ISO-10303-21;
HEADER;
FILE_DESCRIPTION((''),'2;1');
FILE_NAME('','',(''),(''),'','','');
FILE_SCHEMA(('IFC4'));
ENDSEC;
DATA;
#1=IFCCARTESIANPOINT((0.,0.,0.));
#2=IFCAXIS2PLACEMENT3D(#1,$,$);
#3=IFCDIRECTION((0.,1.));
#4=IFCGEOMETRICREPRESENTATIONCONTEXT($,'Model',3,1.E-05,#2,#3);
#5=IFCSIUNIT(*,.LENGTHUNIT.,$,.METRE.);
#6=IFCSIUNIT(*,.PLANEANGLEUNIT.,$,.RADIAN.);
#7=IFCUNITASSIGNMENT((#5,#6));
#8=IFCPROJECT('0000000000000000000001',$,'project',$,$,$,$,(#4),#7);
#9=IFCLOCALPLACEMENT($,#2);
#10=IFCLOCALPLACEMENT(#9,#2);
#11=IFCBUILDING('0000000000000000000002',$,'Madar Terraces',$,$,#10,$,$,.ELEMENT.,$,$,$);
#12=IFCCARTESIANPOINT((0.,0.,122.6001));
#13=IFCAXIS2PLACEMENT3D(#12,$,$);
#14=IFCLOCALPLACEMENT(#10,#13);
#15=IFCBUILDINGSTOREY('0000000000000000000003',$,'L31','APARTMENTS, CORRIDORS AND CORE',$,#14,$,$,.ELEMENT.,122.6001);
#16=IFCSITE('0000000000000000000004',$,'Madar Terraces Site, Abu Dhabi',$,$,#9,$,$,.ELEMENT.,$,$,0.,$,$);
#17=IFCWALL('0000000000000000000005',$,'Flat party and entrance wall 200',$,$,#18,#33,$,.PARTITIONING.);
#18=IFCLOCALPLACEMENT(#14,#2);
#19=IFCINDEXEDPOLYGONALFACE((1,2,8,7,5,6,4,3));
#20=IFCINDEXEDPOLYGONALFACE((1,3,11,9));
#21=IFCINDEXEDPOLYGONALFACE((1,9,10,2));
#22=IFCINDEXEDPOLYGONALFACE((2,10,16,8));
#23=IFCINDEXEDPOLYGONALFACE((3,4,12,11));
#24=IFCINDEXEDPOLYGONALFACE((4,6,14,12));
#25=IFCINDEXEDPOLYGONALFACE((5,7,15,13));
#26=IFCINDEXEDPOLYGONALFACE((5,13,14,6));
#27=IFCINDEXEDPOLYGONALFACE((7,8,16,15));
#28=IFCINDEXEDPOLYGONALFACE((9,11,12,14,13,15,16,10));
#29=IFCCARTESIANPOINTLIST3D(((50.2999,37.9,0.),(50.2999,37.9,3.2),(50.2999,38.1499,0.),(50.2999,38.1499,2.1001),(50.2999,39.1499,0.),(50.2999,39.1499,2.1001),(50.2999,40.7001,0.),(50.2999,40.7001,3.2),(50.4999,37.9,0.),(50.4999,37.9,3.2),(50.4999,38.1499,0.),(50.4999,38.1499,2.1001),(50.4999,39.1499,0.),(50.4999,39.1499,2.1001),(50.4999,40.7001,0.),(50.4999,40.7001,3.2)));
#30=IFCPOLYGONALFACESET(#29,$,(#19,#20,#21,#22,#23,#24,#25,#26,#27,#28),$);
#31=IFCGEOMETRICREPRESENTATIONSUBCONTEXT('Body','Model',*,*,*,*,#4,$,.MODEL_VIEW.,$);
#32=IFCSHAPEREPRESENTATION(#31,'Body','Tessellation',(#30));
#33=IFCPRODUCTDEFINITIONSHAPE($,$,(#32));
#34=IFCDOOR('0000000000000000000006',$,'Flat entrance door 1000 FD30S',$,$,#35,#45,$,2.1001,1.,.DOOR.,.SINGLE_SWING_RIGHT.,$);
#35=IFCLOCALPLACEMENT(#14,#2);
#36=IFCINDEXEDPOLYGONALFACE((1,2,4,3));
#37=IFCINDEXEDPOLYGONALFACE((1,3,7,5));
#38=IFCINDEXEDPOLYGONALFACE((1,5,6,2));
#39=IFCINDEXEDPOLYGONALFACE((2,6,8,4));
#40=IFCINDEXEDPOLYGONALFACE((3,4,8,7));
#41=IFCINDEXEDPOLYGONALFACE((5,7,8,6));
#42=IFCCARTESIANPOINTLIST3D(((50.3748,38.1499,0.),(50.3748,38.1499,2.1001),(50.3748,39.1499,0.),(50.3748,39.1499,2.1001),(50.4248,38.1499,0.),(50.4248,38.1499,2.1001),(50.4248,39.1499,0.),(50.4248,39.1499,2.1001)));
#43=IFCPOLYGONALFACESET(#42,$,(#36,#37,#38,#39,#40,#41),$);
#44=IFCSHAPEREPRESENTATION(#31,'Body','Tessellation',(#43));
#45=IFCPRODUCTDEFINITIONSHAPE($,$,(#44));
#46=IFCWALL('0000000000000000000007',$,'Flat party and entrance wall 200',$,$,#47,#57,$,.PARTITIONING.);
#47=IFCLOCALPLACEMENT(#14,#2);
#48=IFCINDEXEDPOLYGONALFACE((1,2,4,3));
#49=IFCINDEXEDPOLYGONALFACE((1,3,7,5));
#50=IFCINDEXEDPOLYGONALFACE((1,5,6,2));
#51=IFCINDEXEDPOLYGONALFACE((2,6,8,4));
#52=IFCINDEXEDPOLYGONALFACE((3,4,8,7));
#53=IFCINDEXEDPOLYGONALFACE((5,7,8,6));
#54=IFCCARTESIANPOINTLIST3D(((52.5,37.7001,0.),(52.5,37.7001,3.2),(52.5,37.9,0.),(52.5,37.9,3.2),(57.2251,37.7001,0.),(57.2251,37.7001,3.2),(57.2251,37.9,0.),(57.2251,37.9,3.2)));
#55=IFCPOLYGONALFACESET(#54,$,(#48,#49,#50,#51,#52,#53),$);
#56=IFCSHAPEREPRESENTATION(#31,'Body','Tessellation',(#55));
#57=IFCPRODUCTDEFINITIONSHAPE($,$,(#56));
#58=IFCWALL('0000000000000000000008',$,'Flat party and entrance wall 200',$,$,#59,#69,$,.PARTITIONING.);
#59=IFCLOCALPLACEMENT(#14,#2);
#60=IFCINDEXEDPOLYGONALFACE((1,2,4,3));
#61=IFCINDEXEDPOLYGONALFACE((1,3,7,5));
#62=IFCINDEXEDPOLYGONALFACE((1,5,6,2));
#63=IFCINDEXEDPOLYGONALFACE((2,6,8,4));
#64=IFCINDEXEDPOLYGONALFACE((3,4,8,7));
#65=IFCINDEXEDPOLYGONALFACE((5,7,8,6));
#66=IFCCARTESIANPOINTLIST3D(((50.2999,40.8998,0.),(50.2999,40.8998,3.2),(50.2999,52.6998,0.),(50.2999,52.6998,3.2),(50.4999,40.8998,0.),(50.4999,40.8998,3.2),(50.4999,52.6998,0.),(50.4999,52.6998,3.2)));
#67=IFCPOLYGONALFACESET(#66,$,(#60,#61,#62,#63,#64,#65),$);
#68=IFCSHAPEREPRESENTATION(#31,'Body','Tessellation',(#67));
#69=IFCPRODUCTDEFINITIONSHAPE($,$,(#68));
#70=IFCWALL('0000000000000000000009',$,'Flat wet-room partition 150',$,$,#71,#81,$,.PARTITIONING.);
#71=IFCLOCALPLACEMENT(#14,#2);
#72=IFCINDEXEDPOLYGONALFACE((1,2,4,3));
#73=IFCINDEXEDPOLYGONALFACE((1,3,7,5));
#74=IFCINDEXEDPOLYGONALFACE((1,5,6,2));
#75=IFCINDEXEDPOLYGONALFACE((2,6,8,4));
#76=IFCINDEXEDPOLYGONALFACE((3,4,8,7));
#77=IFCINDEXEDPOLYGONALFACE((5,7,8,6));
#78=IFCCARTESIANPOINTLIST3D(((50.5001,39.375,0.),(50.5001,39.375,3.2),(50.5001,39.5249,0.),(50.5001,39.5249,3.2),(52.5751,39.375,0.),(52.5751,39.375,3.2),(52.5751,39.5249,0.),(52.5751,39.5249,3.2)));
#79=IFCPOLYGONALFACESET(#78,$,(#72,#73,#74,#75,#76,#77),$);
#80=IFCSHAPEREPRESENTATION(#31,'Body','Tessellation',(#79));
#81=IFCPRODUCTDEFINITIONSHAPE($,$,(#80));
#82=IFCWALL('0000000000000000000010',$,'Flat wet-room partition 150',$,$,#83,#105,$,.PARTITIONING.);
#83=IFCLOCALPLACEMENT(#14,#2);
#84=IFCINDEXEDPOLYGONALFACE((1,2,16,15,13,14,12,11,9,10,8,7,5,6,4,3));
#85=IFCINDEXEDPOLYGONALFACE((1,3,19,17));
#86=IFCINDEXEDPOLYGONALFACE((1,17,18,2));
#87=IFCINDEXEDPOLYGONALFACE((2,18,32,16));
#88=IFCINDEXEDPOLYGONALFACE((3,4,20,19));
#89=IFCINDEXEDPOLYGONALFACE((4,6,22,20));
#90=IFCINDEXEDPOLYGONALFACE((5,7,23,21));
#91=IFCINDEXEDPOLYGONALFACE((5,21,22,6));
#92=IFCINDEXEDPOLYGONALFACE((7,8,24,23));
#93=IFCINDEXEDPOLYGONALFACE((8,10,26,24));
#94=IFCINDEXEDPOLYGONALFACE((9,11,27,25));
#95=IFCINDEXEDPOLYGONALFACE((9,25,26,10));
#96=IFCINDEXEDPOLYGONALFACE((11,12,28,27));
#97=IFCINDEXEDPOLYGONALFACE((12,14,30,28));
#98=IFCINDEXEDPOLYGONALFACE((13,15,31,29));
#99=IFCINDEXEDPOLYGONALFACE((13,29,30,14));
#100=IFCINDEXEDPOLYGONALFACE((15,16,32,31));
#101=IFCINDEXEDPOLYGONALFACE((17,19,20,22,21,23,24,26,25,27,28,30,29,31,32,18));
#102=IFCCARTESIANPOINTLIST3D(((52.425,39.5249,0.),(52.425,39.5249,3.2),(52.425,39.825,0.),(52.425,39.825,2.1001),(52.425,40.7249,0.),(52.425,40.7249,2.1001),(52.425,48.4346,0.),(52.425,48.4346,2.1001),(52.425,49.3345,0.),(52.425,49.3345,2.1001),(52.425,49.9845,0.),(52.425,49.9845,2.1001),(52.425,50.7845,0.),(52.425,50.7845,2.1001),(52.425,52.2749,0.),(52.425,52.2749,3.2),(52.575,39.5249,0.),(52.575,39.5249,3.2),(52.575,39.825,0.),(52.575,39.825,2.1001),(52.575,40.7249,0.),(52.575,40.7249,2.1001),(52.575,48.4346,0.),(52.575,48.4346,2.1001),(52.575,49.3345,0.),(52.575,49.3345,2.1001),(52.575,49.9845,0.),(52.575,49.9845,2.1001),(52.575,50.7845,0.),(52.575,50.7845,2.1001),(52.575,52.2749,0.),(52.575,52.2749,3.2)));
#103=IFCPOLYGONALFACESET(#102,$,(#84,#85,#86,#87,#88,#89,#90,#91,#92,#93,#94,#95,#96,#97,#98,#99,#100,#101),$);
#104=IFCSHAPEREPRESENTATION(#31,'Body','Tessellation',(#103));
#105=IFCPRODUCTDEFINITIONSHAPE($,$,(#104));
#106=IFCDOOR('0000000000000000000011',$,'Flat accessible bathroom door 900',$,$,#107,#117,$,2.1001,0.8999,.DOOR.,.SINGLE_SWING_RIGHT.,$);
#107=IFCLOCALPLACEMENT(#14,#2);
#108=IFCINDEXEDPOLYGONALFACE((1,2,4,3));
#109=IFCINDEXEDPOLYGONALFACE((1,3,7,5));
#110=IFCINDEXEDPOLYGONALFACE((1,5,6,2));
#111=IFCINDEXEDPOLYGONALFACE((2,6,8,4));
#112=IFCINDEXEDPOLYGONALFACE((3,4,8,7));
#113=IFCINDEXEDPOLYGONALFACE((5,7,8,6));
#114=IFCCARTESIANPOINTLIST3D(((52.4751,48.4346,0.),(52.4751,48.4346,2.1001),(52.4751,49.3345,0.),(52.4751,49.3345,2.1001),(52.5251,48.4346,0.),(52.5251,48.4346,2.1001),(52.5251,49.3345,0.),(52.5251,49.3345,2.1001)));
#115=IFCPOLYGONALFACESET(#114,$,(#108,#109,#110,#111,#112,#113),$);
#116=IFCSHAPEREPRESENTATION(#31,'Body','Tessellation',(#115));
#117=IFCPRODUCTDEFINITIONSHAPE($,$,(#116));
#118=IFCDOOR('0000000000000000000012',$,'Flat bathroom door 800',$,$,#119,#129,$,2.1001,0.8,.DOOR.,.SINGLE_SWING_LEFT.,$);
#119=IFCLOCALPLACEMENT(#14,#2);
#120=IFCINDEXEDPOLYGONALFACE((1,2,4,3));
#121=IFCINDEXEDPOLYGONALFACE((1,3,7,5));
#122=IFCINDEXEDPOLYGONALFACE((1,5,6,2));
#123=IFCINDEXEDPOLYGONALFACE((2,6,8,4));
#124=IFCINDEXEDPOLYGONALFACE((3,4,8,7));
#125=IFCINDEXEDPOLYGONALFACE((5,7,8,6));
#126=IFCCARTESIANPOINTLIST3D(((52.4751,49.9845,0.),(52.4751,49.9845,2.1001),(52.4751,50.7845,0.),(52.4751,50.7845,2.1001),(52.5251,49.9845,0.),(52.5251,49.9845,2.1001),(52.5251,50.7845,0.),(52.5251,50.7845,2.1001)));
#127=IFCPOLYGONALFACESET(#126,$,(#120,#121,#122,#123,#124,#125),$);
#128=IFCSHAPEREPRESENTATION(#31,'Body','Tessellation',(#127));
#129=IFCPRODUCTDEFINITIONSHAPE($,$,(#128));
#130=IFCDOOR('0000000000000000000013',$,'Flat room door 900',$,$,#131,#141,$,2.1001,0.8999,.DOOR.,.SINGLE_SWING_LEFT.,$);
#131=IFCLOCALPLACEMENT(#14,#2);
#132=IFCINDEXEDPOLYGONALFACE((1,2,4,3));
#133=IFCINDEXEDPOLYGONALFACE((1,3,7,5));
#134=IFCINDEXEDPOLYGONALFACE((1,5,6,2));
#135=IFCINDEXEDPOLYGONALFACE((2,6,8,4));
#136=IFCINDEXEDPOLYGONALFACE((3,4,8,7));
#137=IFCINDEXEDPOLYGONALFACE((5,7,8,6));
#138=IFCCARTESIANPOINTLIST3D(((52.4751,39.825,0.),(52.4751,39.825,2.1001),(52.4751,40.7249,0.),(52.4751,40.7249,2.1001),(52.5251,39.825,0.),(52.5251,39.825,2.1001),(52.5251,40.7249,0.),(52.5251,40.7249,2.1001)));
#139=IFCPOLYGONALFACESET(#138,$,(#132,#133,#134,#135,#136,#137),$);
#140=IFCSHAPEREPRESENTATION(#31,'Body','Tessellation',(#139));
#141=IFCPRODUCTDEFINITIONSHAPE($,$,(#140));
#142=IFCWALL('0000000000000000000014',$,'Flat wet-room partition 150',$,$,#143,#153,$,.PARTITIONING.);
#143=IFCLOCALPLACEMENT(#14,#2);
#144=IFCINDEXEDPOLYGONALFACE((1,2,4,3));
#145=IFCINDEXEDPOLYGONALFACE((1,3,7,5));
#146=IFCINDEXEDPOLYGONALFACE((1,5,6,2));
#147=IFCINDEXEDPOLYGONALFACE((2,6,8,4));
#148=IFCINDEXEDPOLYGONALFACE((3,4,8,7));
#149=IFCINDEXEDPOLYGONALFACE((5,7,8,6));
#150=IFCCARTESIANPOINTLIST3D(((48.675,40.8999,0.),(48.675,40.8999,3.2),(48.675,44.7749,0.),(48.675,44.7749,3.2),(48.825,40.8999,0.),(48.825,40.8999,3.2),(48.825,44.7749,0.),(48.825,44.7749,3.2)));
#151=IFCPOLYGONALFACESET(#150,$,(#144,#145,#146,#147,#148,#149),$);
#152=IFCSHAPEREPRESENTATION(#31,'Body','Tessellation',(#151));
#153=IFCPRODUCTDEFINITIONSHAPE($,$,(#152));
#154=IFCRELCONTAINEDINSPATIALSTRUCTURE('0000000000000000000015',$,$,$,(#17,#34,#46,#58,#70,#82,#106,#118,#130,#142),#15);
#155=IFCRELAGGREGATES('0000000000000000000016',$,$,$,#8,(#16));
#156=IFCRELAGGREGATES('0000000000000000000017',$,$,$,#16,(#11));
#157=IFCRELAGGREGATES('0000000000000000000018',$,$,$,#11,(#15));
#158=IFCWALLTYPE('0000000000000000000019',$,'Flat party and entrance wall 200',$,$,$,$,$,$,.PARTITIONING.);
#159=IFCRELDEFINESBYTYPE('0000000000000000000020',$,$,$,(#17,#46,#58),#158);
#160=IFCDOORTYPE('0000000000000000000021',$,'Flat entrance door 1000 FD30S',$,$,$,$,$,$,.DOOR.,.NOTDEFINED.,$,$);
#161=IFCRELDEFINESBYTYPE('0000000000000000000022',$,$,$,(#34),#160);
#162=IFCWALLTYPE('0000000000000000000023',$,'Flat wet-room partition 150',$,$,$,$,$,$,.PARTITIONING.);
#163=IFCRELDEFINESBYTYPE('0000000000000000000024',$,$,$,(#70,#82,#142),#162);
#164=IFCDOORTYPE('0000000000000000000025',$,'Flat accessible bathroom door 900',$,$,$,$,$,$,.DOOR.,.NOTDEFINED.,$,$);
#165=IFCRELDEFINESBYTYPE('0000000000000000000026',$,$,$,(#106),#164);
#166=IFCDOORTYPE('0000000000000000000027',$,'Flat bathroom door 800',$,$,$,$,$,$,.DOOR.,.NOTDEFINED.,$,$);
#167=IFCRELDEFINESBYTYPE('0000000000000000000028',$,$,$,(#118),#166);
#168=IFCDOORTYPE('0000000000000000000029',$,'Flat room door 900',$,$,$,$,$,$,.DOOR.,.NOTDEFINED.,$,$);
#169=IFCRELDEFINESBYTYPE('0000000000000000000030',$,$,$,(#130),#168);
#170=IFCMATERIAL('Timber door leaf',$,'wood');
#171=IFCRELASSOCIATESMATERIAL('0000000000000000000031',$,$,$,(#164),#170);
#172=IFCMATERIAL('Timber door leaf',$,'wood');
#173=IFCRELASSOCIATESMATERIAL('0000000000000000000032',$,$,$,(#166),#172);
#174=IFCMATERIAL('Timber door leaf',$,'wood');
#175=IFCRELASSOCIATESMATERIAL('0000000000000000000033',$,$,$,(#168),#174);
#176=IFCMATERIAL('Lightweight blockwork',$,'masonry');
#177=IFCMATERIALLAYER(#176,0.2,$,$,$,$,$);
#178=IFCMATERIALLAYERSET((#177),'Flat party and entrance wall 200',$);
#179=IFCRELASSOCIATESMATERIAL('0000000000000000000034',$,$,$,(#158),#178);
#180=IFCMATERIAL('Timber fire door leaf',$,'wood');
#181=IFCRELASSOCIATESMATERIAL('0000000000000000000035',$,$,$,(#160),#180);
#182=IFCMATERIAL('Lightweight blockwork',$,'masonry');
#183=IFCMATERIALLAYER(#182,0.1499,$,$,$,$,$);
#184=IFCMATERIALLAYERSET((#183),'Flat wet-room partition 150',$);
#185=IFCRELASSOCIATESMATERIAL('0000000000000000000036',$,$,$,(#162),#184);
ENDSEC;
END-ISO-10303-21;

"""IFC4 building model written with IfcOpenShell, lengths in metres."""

from ifc_helpers import new_model, si_unit, direction, frame, frame_2d, origin, place, context, subcontext, project, spatial, rectangle, extrude, material, layer, layer_set, type_object, element, fill, save


model = new_model("IFC4")

# Units and contexts
model_context = context("Model", 3, precision=1e-05, world=origin(), true_north=direction((0.0, 1.0)))
body_context = subcontext(model_context, "Body", "Model", "MODEL_VIEW")
ifc_project = project(units=[si_unit("LENGTHUNIT", "METRE"), si_unit("PLANEANGLEUNIT", "RADIAN")], contexts=[model_context])

# Site, building, storey
site_placement = place(None, origin())
site = spatial("IfcSite", under=ifc_project, at=site_placement, Name="Madar Terraces Site, Abu Dhabi", CompositionType="ELEMENT", RefElevation=0.0)
building_placement = place(site_placement, origin())
building = spatial("IfcBuilding", under=site, at=building_placement, Name="Madar Terraces", CompositionType="ELEMENT")
storey_placement = place(building_placement, frame((0.0, 0.0, 122.6001)))
storey = spatial("IfcBuildingStorey", under=building, at=storey_placement, Name="L31", Description="APARTMENTS, CORRIDORS AND CORE", CompositionType="ELEMENT", Elevation=122.6001)

# Shared definitions
ifc_material_1 = material(Name="Timber door leaf", Category="wood")
door_type_1 = type_object("IfcDoorType", Name="Flat accessible bathroom door 900", OperationType="NOTDEFINED", PredefinedType="DOOR", material=ifc_material_1)
ifc_material_2 = material(Name="Timber door leaf", Category="wood")
door_type_2 = type_object("IfcDoorType", Name="Flat bathroom door 800", OperationType="NOTDEFINED", PredefinedType="DOOR", material=ifc_material_2)
ifc_material_3 = material(Name="Timber door leaf", Category="wood")
door_type_3 = type_object("IfcDoorType", Name="Flat room door 900", OperationType="NOTDEFINED", PredefinedType="DOOR", material=ifc_material_3)

# Shared definitions
ifc_material_4 = material(Name="Lightweight blockwork", Category="masonry")
ifc_layer_1 = layer(ifc_material_4, 0.2)
ifc_layer_set_1 = layer_set([ifc_layer_1], Name="Flat party and entrance wall 200")
wall_type_1 = type_object("IfcWallType", Name="Flat party and entrance wall 200", PredefinedType="PARTITIONING", material=ifc_layer_set_1)

# Wall, opening, door
wall_1_placement = place(storey_placement, frame((50.3999, 40.7, 0.0), z_axis=(0.0, 0.0, 1.0), x_axis=(0.0, -1.0, 0.0)))
wall_1 = element("IfcWall", 1, at=wall_1_placement, inside=storey, type_object=wall_type_1, Name="Flat party and entrance wall 200", PredefinedType="PARTITIONING", context=body_context, shape_type="SweptSolid", body=[
    extrude(rectangle(XDim=2.8, YDim=0.2, at=frame_2d((1.3999, 0.0))), origin(), (0.0, 0.0, 1.0), 3.2),
])
opening_1_placement = place(wall_1_placement, frame((1.55, 0.0, 0.0)))
opening_1 = element("IfcOpeningElement", 2, at=opening_1_placement, cuts=wall_1, PredefinedType="OPENING", context=body_context, shape_type="SweptSolid", body=[
    extrude(rectangle(XDim=1.0, YDim=2.1001, at=frame_2d((0.5, 1.05))), frame((0.0, 0.1099, 0.0), z_axis=(0.0, -1.0, 0.0), x_axis=(1.0, 0.0, 0.0)), (0.0, 0.0, 1.0), 0.22),
])
ifc_material_5 = material(Name="Timber fire door leaf", Category="wood")
door_type_4 = type_object("IfcDoorType", Name="Flat entrance door 1000 FD30S", OperationType="NOTDEFINED", PredefinedType="DOOR", material=ifc_material_5)
door_1_placement = place(opening_1_placement, origin())
door_1 = element("IfcDoor", 3, at=door_1_placement, inside=storey, type_object=door_type_4, Name="Flat entrance door 1000 FD30S", OperationType="SINGLE_SWING_RIGHT", OverallHeight=2.1001, OverallWidth=1.0, PredefinedType="DOOR", context=body_context, shape_type="SweptSolid", body=[
    extrude(rectangle(XDim=1.0, YDim=2.1001, at=frame_2d((0.5, 1.05))), frame((0.0, 0.0249, 0.0), z_axis=(0.0, -1.0, 0.0), x_axis=(1.0, 0.0, 0.0)), (0.0, 0.0, 1.0), 0.05),
])
fill(opening_1, door_1)

# Walls
wall_2_placement = place(storey_placement, frame((52.5, 37.8, 0.0), z_axis=(0.0, 0.0, 1.0), x_axis=(1.0, 0.0, 0.0)))
element("IfcWall", 4, at=wall_2_placement, inside=storey, type_object=wall_type_1, Name="Flat party and entrance wall 200", PredefinedType="PARTITIONING", context=body_context, shape_type="SweptSolid", body=[
    extrude(rectangle(XDim=4.7251, YDim=0.2, at=frame_2d((2.3625, 0.0))), origin(), (0.0, 0.0, 1.0), 3.2),
])
wall_3_placement = place(storey_placement, frame((50.3999, 40.8999, 0.0), z_axis=(0.0, 0.0, 1.0), x_axis=(0.0, 1.0, 0.0)))
element("IfcWall", 5, at=wall_3_placement, inside=storey, type_object=wall_type_1, Name="Flat party and entrance wall 200", PredefinedType="PARTITIONING", context=body_context, shape_type="SweptSolid", body=[
    extrude(rectangle(XDim=11.8, YDim=0.2, at=frame_2d((5.8999, 0.0))), origin(), (0.0, 0.0, 1.0), 3.2),
])
ifc_material_6 = material(Name="Lightweight blockwork", Category="masonry")
ifc_layer_2 = layer(ifc_material_6, 0.1499)
ifc_layer_set_2 = layer_set([ifc_layer_2], Name="Flat wet-room partition 150")
wall_type_2 = type_object("IfcWallType", Name="Flat wet-room partition 150", PredefinedType="PARTITIONING", material=ifc_layer_set_2)
wall_4_placement = place(storey_placement, frame((50.5, 39.45, 0.0), z_axis=(0.0, 0.0, 1.0), x_axis=(1.0, 0.0, 0.0)))
element("IfcWall", 6, at=wall_4_placement, inside=storey, type_object=wall_type_2, Name="Flat wet-room partition 150", PredefinedType="PARTITIONING", context=body_context, shape_type="SweptSolid", body=[
    extrude(rectangle(XDim=2.075, YDim=0.1499, at=frame_2d((1.0376, 0.0))), origin(), (0.0, 0.0, 1.0), 3.2),
])

# Wall, openings, doors
wall_5_placement = place(storey_placement, frame((52.5, 39.5249, 0.0), z_axis=(0.0, 0.0, 1.0), x_axis=(0.0, 1.0, 0.0)))
wall_5 = element("IfcWall", 7, at=wall_5_placement, inside=storey, type_object=wall_type_2, Name="Flat wet-room partition 150", PredefinedType="PARTITIONING", context=body_context, shape_type="SweptSolid", body=[
    extrude(rectangle(XDim=12.75, YDim=0.1499, at=frame_2d((6.375, 0.0))), origin(), (0.0, 0.0, 1.0), 3.2),
])
opening_2_placement = place(wall_5_placement, frame((0.3, 0.0, 0.0)))
opening_2 = element("IfcOpeningElement", 8, at=opening_2_placement, cuts=wall_5, PredefinedType="OPENING", context=body_context, shape_type="SweptSolid", body=[
    extrude(rectangle(XDim=0.8999, YDim=2.1001, at=frame_2d((0.45, 1.05))), frame((0.0, 0.085, 0.0), z_axis=(0.0, -1.0, 0.0), x_axis=(1.0, 0.0, 0.0)), (0.0, 0.0, 1.0), 0.1699),
])
opening_3_placement = place(wall_5_placement, frame((8.9097, 0.0, 0.0)))
opening_3 = element("IfcOpeningElement", 9, at=opening_3_placement, cuts=wall_5, PredefinedType="OPENING", context=body_context, shape_type="SweptSolid", body=[
    extrude(rectangle(XDim=0.8999, YDim=2.1001, at=frame_2d((0.45, 1.05))), frame((0.0, 0.085, 0.0), z_axis=(0.0, -1.0, 0.0), x_axis=(1.0, 0.0, 0.0)), (0.0, 0.0, 1.0), 0.1699),
])
opening_4_placement = place(wall_5_placement, frame((10.4597, 0.0, 0.0)))
opening_4 = element("IfcOpeningElement", 10, at=opening_4_placement, cuts=wall_5, PredefinedType="OPENING", context=body_context, shape_type="SweptSolid", body=[
    extrude(rectangle(XDim=0.8, YDim=2.1001, at=frame_2d((0.3999, 1.05))), frame((0.0, 0.085, 0.0), z_axis=(0.0, -1.0, 0.0), x_axis=(1.0, 0.0, 0.0)), (0.0, 0.0, 1.0), 0.1699),
])
door_2_placement = place(opening_3_placement, origin())
door_2 = element("IfcDoor", 11, at=door_2_placement, inside=storey, type_object=door_type_1, Name="Flat accessible bathroom door 900", OperationType="SINGLE_SWING_RIGHT", OverallHeight=2.1001, OverallWidth=0.8999, PredefinedType="DOOR", context=body_context, shape_type="SweptSolid", body=[
    extrude(rectangle(XDim=0.8999, YDim=2.1001, at=frame_2d((0.45, 1.05))), frame((0.0, 0.0249, 0.0), z_axis=(0.0, -1.0, 0.0), x_axis=(1.0, 0.0, 0.0)), (0.0, 0.0, 1.0), 0.05),
])
fill(opening_3, door_2)
door_3_placement = place(opening_4_placement, origin())
door_3 = element("IfcDoor", 12, at=door_3_placement, inside=storey, type_object=door_type_2, Name="Flat bathroom door 800", OperationType="SINGLE_SWING_LEFT", OverallHeight=2.1001, OverallWidth=0.8, PredefinedType="DOOR", context=body_context, shape_type="SweptSolid", body=[
    extrude(rectangle(XDim=0.8, YDim=2.1001, at=frame_2d((0.3999, 1.05))), frame((0.0, 0.0249, 0.0), z_axis=(0.0, -1.0, 0.0), x_axis=(1.0, 0.0, 0.0)), (0.0, 0.0, 1.0), 0.05),
])
fill(opening_4, door_3)
door_4_placement = place(opening_2_placement, origin())
door_4 = element("IfcDoor", 13, at=door_4_placement, inside=storey, type_object=door_type_3, Name="Flat room door 900", OperationType="SINGLE_SWING_LEFT", OverallHeight=2.1001, OverallWidth=0.8999, PredefinedType="DOOR", context=body_context, shape_type="SweptSolid", body=[
    extrude(rectangle(XDim=0.8999, YDim=2.1001, at=frame_2d((0.45, 1.05))), frame((0.0, 0.0249, 0.0), z_axis=(0.0, -1.0, 0.0), x_axis=(1.0, 0.0, 0.0)), (0.0, 0.0, 1.0), 0.05),
])
fill(opening_2, door_4)

# Wall
wall_6_placement = place(storey_placement, frame((48.75, 40.8999, 0.0), z_axis=(0.0, 0.0, 1.0), x_axis=(0.0, 1.0, 0.0)))
element("IfcWall", 14, at=wall_6_placement, inside=storey, type_object=wall_type_2, Name="Flat wet-room partition 150", PredefinedType="PARTITIONING", context=body_context, shape_type="SweptSolid", body=[
    extrude(rectangle(XDim=3.875, YDim=0.1499, at=frame_2d((1.9375, 0.0))), origin(), (0.0, 0.0, 1.0), 3.2),
])

save(model, "model.ifc")
